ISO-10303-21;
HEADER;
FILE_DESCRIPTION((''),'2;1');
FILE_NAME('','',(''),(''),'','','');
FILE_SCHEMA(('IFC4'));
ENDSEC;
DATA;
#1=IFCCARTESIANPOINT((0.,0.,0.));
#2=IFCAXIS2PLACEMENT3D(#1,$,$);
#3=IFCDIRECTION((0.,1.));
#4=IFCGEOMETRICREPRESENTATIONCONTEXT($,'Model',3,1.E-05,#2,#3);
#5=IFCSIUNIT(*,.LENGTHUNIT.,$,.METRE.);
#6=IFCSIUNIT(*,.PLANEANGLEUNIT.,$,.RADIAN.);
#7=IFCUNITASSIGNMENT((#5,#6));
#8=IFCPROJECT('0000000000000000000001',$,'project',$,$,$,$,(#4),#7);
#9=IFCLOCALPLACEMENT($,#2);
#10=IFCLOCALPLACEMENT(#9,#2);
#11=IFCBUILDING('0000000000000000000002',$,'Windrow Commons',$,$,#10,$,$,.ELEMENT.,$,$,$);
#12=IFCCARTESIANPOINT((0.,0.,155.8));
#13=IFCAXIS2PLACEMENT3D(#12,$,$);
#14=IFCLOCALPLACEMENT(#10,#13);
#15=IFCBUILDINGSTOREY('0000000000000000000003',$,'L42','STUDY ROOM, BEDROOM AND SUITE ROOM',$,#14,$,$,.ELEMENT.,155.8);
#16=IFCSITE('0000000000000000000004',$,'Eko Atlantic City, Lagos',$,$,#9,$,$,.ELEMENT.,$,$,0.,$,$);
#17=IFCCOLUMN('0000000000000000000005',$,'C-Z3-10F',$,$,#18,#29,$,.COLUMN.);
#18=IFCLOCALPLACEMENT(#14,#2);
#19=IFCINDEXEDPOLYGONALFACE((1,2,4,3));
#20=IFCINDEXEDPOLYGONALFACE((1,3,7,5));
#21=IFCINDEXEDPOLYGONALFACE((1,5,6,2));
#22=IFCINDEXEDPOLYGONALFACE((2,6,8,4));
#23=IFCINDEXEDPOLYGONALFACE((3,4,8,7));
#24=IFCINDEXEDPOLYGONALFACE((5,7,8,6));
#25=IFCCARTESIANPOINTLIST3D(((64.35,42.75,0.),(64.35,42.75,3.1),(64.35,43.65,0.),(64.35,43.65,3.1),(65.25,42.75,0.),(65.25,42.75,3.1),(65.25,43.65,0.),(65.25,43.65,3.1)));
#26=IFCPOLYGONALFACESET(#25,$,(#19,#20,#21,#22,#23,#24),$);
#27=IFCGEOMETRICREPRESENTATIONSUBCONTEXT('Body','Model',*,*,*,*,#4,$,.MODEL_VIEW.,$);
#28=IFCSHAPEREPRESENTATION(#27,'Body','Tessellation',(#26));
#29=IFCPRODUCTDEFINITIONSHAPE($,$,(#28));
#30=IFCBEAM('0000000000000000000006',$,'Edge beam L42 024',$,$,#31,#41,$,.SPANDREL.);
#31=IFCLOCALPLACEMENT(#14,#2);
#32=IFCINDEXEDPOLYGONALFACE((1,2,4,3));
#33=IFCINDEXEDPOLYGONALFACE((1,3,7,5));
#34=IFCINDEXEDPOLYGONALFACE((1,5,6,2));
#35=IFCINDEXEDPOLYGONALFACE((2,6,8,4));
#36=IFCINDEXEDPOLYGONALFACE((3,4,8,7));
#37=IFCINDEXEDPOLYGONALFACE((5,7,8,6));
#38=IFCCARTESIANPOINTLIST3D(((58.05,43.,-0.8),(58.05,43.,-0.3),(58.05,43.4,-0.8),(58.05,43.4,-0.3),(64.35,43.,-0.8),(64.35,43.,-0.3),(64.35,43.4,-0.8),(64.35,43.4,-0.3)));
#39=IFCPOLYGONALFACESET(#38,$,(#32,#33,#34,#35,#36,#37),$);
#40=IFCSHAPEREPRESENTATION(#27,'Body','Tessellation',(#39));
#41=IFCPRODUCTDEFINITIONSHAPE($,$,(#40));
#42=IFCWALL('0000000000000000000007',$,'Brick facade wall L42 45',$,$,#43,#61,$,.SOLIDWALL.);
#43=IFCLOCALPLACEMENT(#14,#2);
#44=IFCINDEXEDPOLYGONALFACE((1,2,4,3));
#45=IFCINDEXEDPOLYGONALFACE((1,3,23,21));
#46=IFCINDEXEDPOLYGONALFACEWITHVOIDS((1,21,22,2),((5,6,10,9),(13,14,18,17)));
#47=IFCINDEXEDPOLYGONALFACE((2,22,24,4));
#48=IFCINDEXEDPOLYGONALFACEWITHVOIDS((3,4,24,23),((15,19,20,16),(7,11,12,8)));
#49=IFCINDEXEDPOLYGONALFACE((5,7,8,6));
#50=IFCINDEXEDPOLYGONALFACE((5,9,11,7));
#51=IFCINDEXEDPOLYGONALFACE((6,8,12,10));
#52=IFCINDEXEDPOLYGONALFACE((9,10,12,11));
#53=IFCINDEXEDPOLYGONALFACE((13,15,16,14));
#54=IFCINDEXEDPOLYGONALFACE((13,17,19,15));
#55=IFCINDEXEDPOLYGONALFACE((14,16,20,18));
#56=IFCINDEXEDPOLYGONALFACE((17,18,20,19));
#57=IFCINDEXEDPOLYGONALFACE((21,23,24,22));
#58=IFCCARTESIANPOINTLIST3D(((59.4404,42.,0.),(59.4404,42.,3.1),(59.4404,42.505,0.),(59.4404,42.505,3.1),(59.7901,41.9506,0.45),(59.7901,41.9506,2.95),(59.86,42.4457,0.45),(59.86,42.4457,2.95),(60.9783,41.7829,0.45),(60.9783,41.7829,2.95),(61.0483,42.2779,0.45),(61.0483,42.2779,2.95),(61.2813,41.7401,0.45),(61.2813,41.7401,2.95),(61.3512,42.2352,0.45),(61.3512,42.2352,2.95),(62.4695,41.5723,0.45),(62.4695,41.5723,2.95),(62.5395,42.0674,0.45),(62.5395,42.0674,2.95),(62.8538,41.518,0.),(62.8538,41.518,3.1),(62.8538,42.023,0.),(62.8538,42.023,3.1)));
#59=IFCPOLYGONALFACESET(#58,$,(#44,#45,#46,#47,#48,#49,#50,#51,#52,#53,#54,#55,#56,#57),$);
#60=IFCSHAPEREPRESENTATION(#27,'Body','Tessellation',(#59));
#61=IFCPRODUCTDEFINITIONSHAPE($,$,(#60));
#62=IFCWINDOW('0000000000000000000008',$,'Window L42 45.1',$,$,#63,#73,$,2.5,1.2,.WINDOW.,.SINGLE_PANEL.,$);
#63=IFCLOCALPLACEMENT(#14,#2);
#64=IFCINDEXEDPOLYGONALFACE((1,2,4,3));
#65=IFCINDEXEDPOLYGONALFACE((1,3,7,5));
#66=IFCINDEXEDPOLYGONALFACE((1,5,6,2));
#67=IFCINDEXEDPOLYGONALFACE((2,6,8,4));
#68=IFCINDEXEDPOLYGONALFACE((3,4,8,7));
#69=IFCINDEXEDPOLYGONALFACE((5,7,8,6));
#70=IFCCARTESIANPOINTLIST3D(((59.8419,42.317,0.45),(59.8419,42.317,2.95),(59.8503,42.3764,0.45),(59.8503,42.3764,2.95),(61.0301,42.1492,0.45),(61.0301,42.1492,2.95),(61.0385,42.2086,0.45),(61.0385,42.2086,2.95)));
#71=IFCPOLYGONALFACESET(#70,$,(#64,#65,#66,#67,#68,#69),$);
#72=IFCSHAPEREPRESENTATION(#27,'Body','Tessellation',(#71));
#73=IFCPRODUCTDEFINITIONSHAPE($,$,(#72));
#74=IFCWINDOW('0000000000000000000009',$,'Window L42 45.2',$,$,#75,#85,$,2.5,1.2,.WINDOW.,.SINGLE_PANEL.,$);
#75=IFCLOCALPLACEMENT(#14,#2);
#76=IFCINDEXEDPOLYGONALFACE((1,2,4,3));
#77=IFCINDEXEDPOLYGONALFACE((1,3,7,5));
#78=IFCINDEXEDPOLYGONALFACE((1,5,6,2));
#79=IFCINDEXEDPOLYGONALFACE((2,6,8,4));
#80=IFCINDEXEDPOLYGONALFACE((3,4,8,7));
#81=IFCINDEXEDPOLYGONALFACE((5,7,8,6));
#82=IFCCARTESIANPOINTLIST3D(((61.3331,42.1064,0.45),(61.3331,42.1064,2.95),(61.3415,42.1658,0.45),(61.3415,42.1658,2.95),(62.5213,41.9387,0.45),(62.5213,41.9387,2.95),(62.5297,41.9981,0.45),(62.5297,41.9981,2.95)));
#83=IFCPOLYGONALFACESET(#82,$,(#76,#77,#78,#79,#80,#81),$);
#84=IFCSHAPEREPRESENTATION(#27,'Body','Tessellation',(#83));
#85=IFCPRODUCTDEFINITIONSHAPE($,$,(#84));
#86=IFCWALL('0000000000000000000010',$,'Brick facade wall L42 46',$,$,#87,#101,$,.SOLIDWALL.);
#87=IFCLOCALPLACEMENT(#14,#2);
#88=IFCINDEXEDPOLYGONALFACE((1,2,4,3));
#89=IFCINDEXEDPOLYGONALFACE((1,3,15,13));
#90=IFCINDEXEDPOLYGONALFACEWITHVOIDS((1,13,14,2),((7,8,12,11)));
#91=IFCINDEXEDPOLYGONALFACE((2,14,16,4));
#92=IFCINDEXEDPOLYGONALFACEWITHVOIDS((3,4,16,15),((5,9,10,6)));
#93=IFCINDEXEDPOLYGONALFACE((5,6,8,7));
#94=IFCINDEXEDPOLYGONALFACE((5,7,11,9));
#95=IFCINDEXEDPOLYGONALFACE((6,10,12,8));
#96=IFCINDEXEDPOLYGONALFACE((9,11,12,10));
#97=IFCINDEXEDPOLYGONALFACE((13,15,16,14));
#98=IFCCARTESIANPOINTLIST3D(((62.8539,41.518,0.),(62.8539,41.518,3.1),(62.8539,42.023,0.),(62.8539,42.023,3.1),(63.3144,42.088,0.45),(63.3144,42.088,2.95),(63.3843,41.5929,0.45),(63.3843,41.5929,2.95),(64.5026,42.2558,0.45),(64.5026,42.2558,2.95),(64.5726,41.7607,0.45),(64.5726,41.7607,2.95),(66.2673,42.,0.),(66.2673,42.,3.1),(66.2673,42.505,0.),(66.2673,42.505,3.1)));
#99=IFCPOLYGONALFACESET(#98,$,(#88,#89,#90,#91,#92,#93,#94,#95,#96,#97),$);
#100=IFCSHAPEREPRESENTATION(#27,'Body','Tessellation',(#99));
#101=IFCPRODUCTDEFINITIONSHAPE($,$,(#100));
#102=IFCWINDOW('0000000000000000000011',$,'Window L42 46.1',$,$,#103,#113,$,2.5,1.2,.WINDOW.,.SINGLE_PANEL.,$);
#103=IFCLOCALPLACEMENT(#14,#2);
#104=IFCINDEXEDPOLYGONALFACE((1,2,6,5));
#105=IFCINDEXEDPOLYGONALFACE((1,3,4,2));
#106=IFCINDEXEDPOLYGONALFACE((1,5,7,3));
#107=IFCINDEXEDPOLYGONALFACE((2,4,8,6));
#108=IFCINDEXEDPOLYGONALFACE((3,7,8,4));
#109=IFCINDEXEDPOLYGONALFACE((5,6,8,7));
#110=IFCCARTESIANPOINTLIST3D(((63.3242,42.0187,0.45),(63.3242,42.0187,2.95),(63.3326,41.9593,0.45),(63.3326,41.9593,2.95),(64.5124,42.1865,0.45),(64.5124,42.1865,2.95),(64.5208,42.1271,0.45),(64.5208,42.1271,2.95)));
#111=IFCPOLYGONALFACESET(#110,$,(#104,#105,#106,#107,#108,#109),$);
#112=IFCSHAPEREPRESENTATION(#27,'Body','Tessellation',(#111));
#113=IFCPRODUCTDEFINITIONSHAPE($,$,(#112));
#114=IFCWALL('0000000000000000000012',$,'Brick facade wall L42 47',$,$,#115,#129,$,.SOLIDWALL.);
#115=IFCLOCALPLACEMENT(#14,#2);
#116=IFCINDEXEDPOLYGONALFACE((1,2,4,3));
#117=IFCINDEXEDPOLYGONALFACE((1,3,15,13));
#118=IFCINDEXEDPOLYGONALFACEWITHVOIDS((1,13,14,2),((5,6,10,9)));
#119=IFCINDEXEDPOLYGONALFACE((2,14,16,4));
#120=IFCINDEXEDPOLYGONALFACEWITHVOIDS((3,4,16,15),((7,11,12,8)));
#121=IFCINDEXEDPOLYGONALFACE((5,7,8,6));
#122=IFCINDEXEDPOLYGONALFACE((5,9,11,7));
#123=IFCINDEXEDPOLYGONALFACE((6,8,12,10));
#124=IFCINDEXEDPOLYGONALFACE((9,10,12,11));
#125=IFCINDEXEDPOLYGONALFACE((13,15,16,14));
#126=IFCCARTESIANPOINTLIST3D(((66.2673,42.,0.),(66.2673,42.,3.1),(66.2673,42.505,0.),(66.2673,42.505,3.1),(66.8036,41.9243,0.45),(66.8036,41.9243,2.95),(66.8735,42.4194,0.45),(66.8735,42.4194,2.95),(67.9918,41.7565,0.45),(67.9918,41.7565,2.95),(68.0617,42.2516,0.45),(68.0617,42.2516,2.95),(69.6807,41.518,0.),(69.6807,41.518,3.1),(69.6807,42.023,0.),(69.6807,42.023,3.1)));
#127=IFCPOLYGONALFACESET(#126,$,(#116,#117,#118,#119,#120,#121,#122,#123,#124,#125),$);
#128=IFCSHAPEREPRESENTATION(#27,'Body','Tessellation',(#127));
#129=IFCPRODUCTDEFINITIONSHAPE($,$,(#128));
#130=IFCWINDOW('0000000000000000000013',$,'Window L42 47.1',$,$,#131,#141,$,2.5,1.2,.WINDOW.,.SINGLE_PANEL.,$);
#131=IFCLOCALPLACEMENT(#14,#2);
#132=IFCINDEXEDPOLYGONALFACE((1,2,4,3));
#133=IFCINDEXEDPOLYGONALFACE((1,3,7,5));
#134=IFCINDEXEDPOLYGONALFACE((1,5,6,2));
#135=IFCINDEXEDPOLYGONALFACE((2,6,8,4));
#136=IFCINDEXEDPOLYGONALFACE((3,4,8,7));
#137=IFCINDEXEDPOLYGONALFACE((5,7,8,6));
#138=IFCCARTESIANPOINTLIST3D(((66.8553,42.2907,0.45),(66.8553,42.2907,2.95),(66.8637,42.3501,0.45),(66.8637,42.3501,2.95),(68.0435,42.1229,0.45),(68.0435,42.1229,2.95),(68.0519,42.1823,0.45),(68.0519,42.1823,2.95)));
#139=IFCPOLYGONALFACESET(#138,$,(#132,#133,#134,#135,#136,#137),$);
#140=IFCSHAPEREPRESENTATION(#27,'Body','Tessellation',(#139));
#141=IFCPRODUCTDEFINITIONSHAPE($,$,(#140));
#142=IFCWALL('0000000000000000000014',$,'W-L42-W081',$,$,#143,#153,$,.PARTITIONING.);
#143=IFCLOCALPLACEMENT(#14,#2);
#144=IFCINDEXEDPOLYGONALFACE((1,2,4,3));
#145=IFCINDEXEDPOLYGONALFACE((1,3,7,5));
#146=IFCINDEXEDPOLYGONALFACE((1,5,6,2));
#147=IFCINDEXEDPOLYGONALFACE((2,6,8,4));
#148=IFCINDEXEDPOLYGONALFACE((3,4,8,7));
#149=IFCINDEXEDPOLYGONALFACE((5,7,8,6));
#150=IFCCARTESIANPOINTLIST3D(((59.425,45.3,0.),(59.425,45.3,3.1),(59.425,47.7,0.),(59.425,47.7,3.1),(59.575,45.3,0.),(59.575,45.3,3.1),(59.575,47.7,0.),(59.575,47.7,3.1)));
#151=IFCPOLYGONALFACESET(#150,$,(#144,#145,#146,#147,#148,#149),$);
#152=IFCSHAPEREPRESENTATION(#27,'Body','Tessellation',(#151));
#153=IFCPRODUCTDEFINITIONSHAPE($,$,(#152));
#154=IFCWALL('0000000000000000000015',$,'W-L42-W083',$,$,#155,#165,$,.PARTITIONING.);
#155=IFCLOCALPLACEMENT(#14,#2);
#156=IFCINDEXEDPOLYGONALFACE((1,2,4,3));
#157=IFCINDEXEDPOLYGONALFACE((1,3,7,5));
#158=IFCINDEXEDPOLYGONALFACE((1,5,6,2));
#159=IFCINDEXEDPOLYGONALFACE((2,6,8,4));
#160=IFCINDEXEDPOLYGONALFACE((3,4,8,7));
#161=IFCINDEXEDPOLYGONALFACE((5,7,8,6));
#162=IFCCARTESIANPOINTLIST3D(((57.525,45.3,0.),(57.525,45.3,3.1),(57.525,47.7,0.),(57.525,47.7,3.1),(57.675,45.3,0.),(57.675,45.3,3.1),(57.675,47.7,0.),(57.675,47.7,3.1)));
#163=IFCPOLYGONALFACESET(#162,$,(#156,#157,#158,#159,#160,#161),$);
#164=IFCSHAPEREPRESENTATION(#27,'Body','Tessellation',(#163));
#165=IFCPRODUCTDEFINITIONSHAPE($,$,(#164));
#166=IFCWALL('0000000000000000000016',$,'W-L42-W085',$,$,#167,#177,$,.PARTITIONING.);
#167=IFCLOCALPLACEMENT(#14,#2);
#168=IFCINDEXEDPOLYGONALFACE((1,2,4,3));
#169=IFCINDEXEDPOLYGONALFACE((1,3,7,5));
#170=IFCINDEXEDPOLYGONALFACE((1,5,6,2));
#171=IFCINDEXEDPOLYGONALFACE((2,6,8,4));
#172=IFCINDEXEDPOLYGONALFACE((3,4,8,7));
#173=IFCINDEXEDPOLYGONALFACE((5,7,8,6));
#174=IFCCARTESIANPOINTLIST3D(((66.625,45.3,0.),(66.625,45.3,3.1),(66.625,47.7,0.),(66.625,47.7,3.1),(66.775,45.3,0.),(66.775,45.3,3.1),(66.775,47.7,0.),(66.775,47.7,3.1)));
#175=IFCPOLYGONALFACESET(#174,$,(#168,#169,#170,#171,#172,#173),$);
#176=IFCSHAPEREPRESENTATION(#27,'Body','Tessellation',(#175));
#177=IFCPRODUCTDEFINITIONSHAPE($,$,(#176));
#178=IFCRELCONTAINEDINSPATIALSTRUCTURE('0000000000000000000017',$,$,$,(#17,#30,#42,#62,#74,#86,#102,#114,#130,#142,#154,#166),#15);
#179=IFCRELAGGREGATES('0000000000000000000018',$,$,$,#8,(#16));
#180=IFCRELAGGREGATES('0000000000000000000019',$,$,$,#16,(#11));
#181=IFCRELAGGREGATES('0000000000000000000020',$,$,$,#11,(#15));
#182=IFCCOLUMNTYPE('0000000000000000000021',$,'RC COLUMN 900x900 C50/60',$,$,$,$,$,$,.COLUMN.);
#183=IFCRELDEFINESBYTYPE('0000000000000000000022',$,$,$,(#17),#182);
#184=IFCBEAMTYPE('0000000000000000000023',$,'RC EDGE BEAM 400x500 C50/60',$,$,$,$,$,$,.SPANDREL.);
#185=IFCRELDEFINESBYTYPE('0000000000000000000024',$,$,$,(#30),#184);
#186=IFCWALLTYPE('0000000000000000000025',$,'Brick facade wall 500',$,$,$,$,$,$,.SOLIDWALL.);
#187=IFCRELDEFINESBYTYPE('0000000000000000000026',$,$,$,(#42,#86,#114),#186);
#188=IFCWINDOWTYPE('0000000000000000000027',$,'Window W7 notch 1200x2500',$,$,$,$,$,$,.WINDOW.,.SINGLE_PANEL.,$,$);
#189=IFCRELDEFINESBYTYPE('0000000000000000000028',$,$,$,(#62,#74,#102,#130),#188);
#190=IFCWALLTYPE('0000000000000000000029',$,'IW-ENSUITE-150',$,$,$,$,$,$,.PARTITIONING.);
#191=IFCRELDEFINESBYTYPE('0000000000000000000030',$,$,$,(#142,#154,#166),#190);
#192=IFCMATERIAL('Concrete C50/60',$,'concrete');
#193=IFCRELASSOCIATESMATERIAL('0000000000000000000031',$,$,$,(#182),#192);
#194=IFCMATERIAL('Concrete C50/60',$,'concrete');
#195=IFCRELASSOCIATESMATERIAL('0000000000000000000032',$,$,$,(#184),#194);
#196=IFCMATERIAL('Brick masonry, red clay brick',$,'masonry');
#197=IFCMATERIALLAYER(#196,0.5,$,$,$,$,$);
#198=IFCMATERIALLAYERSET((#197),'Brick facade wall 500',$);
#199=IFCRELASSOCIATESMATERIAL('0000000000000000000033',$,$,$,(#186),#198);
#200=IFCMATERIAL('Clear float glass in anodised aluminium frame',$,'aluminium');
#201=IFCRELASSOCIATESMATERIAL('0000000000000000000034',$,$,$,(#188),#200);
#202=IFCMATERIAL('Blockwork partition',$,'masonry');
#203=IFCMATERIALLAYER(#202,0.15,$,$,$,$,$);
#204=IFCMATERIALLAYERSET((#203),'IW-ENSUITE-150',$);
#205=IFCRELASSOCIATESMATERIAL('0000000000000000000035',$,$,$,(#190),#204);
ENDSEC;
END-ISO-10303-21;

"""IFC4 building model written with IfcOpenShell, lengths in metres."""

from ifc_helpers import new_model, si_unit, direction, frame, frame_2d, origin, origin_2d, place, context, subcontext, project, spatial, polyline, rectangle, outline, extrude, material, layer, layer_set, material_profile, profile_set, type_object, element, fill, save


model = new_model("IFC4")

# Units and contexts
model_context = context("Model", 3, precision=1e-05, world=origin(), true_north=direction((0.0, 1.0)))
body_context = subcontext(model_context, "Body", "Model", "MODEL_VIEW")
ifc_project = project(units=[si_unit("LENGTHUNIT", "METRE"), si_unit("PLANEANGLEUNIT", "RADIAN")], contexts=[model_context])

# Site, building, storey
site_placement = place(None, origin())
site = spatial("IfcSite", under=ifc_project, at=site_placement, Name="Eko Atlantic City, Lagos", CompositionType="ELEMENT", RefElevation=0.0)
building_placement = place(site_placement, origin())
building = spatial("IfcBuilding", under=site, at=building_placement, Name="Windrow Commons", CompositionType="ELEMENT")
storey_placement = place(building_placement, frame((0.0, 0.0, 155.8)))
storey = spatial("IfcBuildingStorey", under=building, at=storey_placement, Name="L42", Description="STUDY ROOM, BEDROOM AND SUITE ROOM", CompositionType="ELEMENT", Elevation=155.8)

# Column
ifc_material_1 = material(Name="Concrete C50/60", Category="concrete")
ifc_material_profile_1 = material_profile(ifc_material_1, rectangle(XDim=0.9, YDim=0.9, at=origin_2d()))
ifc_profile_set_1 = profile_set([ifc_material_profile_1], Name="Concrete C50/60")
column_type = type_object("IfcColumnType", Name="RC COLUMN 900x900 C50/60", PredefinedType="COLUMN", material=ifc_profile_set_1)
column_placement = place(storey_placement, frame((64.8, 43.2, 0.0), z_axis=(0.0, 0.0, 1.0), x_axis=(1.0, 0.0, 0.0)))
element("IfcColumn", 1, at=column_placement, inside=storey, type_object=column_type, Name="C-Z3-10F", PredefinedType="COLUMN", context=body_context, shape_type="SweptSolid", body=[
    extrude(rectangle(XDim=0.9, YDim=0.9, at=origin_2d()), origin(), (0.0, 0.0, 1.0), 3.1),
])

# Beam
ifc_material_2 = material(Name="Concrete C50/60", Category="concrete")
ifc_material_profile_2 = material_profile(ifc_material_2, rectangle(XDim=0.4, YDim=0.5, at=origin_2d()))
ifc_profile_set_2 = profile_set([ifc_material_profile_2], Name="Concrete C50/60")
beam_type = type_object("IfcBeamType", Name="RC EDGE BEAM 400x500 C50/60", PredefinedType="SPANDREL", material=ifc_profile_set_2)
beam_placement = place(storey_placement, frame((64.35, 43.2, -0.55), z_axis=(-1.0, 0.0, 0.0), x_axis=(0.0, -1.0, 0.0)))
element("IfcBeam", 2, at=beam_placement, inside=storey, type_object=beam_type, Name="Edge beam L42 024", PredefinedType="SPANDREL", context=body_context, shape_type="SweptSolid", body=[
    extrude(rectangle(XDim=0.4, YDim=0.5, at=origin_2d()), origin(), (0.0, 0.0, 1.0), 6.3),
])

# Wall, openings, windows
ifc_material_3 = material(Name="Brick masonry, red clay brick", Category="masonry")
ifc_layer_1 = layer(ifc_material_3, 0.5)
ifc_layer_set_1 = layer_set([ifc_layer_1], Name="Brick facade wall 500")
wall_type_1 = type_object("IfcWallType", Name="Brick facade wall 500", PredefinedType="SOLIDWALL", material=ifc_layer_set_1)
wall_1_placement = place(storey_placement, frame((59.4404, 42.2525, 0.0), z_axis=(0.0, 0.0, 1.0), x_axis=(0.990177, -0.139817, 0.0)))
wall_1 = element("IfcWall", 3, at=wall_1_placement, inside=storey, type_object=wall_type_1, Name="Brick facade wall L42 45", PredefinedType="SOLIDWALL", context=body_context, shape_type="SweptSolid", body=[
    extrude(outline(polyline([(0.0353, -0.25), (3.4826, -0.25), (3.412, 0.25), (-0.0353, 0.25), (0.0353, -0.25)])), origin(), (0.0, 0.0, 1.0), 3.1),
])
opening_1_placement = place(wall_1_placement, frame((0.3885, 0.0, 0.45)))
opening_1 = element("IfcOpeningElement", 4, at=opening_1_placement, cuts=wall_1, PredefinedType="OPENING", context=body_context, shape_type="SweptSolid", body=[
    extrude(rectangle(XDim=1.2, YDim=2.5, at=frame_2d((0.6, 1.25))), frame((0.0, 0.26, 0.0), z_axis=(0.0, -1.0, 0.0), x_axis=(1.0, 0.0, 0.0)), (0.0, 0.0, 1.0), 0.52),
])
opening_2_placement = place(wall_1_placement, frame((1.8945, 0.0, 0.45)))
opening_2 = element("IfcOpeningElement", 5, at=opening_2_placement, cuts=wall_1, PredefinedType="OPENING", context=body_context, shape_type="SweptSolid", body=[
    extrude(rectangle(XDim=1.2, YDim=2.5, at=frame_2d((0.6, 1.25))), frame((0.0, 0.26, 0.0), z_axis=(0.0, -1.0, 0.0), x_axis=(1.0, 0.0, 0.0)), (0.0, 0.0, 1.0), 0.52),
])
ifc_material_4 = material(Name="Clear float glass in anodised aluminium frame", Category="aluminium")
window_type = type_object("IfcWindowType", Name="Window W7 notch 1200x2500", PartitioningType="SINGLE_PANEL", PredefinedType="WINDOW", material=ifc_material_4)
window_1_placement = place(opening_1_placement, origin())
window_1 = element("IfcWindow", 6, at=window_1_placement, inside=storey, type_object=window_type, Name="Window L42 45.1", OverallHeight=2.5, OverallWidth=1.2, PartitioningType="SINGLE_PANEL", PredefinedType="WINDOW", context=body_context, shape_type="SweptSolid", body=[
    extrude(rectangle(XDim=1.2, YDim=2.5, at=frame_2d((0.6, 1.25))), frame((0.0, 0.18, 0.0), z_axis=(0.0, -1.0, 0.0), x_axis=(1.0, 0.0, 0.0)), (0.0, 0.0, 1.0), 0.06),
])
fill(opening_1, window_1)
window_2_placement = place(opening_2_placement, origin())
window_2 = element("IfcWindow", 7, at=window_2_placement, inside=storey, type_object=window_type, Name="Window L42 45.2", OverallHeight=2.5, OverallWidth=1.2, PartitioningType="SINGLE_PANEL", PredefinedType="WINDOW", context=body_context, shape_type="SweptSolid", body=[
    extrude(rectangle(XDim=1.2, YDim=2.5, at=frame_2d((0.6, 1.25))), frame((0.0, 0.18, 0.0), z_axis=(0.0, -1.0, 0.0), x_axis=(1.0, 0.0, 0.0)), (0.0, 0.0, 1.0), 0.06),
])
fill(opening_2, window_2)

# Walls, openings, windows
wall_2_placement = place(storey_placement, frame((62.8539, 41.7705, 0.0), z_axis=(0.0, 0.0, 1.0), x_axis=(0.990177, 0.139821, 0.0)))
wall_2 = element("IfcWall", 8, at=wall_2_placement, inside=storey, type_object=wall_type_1, Name="Brick facade wall L42 46", PredefinedType="SOLIDWALL", context=body_context, shape_type="SweptSolid", body=[
    extrude(outline(polyline([(-0.0353, -0.25), (3.412, -0.25), (3.4826, 0.25), (0.0353, 0.25), (-0.0353, -0.25)])), origin(), (0.0, 0.0, 1.0), 3.1),
])
opening_3_placement = place(wall_2_placement, frame((0.5004, 0.0, 0.45)))
opening_3 = element("IfcOpeningElement", 9, at=opening_3_placement, cuts=wall_2, PredefinedType="OPENING", context=body_context, shape_type="SweptSolid", body=[
    extrude(rectangle(XDim=1.2, YDim=2.5, at=frame_2d((0.6, 1.25))), frame((0.0, 0.26, 0.0), z_axis=(0.0, -1.0, 0.0), x_axis=(1.0, 0.0, 0.0)), (0.0, 0.0, 1.0), 0.52),
])
window_3_placement = place(opening_3_placement, origin())
window_3 = element("IfcWindow", 10, at=window_3_placement, inside=storey, type_object=window_type, Name="Window L42 46.1", OverallHeight=2.5, OverallWidth=1.2, PartitioningType="SINGLE_PANEL", PredefinedType="WINDOW", context=body_context, shape_type="SweptSolid", body=[
    extrude(rectangle(XDim=1.2, YDim=2.5, at=frame_2d((0.6, 1.25))), frame((0.0, 0.18, 0.0), z_axis=(0.0, -1.0, 0.0), x_axis=(1.0, 0.0, 0.0)), (0.0, 0.0, 1.0), 0.06),
])
fill(opening_3, window_3)
wall_3_placement = place(storey_placement, frame((66.2673, 42.2525, 0.0), z_axis=(0.0, 0.0, 1.0), x_axis=(0.990177, -0.139817, 0.0)))
wall_3 = element("IfcWall", 11, at=wall_3_placement, inside=storey, type_object=wall_type_1, Name="Brick facade wall L42 47", PredefinedType="SOLIDWALL", context=body_context, shape_type="SweptSolid", body=[
    extrude(outline(polyline([(0.0353, -0.25), (3.4826, -0.25), (3.412, 0.25), (-0.0353, 0.25), (0.0353, -0.25)])), origin(), (0.0, 0.0, 1.0), 3.1),
])
opening_4_placement = place(wall_3_placement, frame((0.5769, 0.0, 0.45)))
opening_4 = element("IfcOpeningElement", 12, at=opening_4_placement, cuts=wall_3, PredefinedType="OPENING", context=body_context, shape_type="SweptSolid", body=[
    extrude(rectangle(XDim=1.2, YDim=2.5, at=frame_2d((0.6, 1.25))), frame((0.0, 0.26, 0.0), z_axis=(0.0, -1.0, 0.0), x_axis=(1.0, 0.0, 0.0)), (0.0, 0.0, 1.0), 0.52),
])
window_4_placement = place(opening_4_placement, origin())
window_4 = element("IfcWindow", 13, at=window_4_placement, inside=storey, type_object=window_type, Name="Window L42 47.1", OverallHeight=2.5, OverallWidth=1.2, PartitioningType="SINGLE_PANEL", PredefinedType="WINDOW", context=body_context, shape_type="SweptSolid", body=[
    extrude(rectangle(XDim=1.2, YDim=2.5, at=frame_2d((0.6, 1.25))), frame((0.0, 0.18, 0.0), z_axis=(0.0, -1.0, 0.0), x_axis=(1.0, 0.0, 0.0)), (0.0, 0.0, 1.0), 0.06),
])
fill(opening_4, window_4)

# Walls
ifc_material_5 = material(Name="Blockwork partition", Category="masonry")
ifc_layer_2 = layer(ifc_material_5, 0.15)
ifc_layer_set_2 = layer_set([ifc_layer_2], Name="IW-ENSUITE-150")
wall_type_2 = type_object("IfcWallType", Name="IW-ENSUITE-150", PredefinedType="PARTITIONING", material=ifc_layer_set_2)
for number, where, z_axis, x_axis, name in (
    (14, (59.5, 45.3, 0.0), (0.0, 0.0, 1.0), (0.0, 1.0, 0.0), "W-L42-W081"),
    (15, (57.6, 45.3, 0.0), (0.0, 0.0, 1.0), (0.0, 1.0, 0.0), "W-L42-W083"),
    (16, (66.7, 45.3, 0.0), (0.0, 0.0, 1.0), (0.0, 1.0, 0.0), "W-L42-W085"),
):
    element("IfcWall", number, at=place(storey_placement, frame(where, z_axis=z_axis, x_axis=x_axis)), inside=storey, type_object=wall_type_2, Name=name, PredefinedType="PARTITIONING", context=body_context, shape_type="SweptSolid", body=[
        extrude(rectangle(XDim=2.4, YDim=0.15, at=frame_2d((1.2, 0.0))), origin(), (0.0, 0.0, 1.0), 3.1),
    ])

save(model, "model.ifc")
